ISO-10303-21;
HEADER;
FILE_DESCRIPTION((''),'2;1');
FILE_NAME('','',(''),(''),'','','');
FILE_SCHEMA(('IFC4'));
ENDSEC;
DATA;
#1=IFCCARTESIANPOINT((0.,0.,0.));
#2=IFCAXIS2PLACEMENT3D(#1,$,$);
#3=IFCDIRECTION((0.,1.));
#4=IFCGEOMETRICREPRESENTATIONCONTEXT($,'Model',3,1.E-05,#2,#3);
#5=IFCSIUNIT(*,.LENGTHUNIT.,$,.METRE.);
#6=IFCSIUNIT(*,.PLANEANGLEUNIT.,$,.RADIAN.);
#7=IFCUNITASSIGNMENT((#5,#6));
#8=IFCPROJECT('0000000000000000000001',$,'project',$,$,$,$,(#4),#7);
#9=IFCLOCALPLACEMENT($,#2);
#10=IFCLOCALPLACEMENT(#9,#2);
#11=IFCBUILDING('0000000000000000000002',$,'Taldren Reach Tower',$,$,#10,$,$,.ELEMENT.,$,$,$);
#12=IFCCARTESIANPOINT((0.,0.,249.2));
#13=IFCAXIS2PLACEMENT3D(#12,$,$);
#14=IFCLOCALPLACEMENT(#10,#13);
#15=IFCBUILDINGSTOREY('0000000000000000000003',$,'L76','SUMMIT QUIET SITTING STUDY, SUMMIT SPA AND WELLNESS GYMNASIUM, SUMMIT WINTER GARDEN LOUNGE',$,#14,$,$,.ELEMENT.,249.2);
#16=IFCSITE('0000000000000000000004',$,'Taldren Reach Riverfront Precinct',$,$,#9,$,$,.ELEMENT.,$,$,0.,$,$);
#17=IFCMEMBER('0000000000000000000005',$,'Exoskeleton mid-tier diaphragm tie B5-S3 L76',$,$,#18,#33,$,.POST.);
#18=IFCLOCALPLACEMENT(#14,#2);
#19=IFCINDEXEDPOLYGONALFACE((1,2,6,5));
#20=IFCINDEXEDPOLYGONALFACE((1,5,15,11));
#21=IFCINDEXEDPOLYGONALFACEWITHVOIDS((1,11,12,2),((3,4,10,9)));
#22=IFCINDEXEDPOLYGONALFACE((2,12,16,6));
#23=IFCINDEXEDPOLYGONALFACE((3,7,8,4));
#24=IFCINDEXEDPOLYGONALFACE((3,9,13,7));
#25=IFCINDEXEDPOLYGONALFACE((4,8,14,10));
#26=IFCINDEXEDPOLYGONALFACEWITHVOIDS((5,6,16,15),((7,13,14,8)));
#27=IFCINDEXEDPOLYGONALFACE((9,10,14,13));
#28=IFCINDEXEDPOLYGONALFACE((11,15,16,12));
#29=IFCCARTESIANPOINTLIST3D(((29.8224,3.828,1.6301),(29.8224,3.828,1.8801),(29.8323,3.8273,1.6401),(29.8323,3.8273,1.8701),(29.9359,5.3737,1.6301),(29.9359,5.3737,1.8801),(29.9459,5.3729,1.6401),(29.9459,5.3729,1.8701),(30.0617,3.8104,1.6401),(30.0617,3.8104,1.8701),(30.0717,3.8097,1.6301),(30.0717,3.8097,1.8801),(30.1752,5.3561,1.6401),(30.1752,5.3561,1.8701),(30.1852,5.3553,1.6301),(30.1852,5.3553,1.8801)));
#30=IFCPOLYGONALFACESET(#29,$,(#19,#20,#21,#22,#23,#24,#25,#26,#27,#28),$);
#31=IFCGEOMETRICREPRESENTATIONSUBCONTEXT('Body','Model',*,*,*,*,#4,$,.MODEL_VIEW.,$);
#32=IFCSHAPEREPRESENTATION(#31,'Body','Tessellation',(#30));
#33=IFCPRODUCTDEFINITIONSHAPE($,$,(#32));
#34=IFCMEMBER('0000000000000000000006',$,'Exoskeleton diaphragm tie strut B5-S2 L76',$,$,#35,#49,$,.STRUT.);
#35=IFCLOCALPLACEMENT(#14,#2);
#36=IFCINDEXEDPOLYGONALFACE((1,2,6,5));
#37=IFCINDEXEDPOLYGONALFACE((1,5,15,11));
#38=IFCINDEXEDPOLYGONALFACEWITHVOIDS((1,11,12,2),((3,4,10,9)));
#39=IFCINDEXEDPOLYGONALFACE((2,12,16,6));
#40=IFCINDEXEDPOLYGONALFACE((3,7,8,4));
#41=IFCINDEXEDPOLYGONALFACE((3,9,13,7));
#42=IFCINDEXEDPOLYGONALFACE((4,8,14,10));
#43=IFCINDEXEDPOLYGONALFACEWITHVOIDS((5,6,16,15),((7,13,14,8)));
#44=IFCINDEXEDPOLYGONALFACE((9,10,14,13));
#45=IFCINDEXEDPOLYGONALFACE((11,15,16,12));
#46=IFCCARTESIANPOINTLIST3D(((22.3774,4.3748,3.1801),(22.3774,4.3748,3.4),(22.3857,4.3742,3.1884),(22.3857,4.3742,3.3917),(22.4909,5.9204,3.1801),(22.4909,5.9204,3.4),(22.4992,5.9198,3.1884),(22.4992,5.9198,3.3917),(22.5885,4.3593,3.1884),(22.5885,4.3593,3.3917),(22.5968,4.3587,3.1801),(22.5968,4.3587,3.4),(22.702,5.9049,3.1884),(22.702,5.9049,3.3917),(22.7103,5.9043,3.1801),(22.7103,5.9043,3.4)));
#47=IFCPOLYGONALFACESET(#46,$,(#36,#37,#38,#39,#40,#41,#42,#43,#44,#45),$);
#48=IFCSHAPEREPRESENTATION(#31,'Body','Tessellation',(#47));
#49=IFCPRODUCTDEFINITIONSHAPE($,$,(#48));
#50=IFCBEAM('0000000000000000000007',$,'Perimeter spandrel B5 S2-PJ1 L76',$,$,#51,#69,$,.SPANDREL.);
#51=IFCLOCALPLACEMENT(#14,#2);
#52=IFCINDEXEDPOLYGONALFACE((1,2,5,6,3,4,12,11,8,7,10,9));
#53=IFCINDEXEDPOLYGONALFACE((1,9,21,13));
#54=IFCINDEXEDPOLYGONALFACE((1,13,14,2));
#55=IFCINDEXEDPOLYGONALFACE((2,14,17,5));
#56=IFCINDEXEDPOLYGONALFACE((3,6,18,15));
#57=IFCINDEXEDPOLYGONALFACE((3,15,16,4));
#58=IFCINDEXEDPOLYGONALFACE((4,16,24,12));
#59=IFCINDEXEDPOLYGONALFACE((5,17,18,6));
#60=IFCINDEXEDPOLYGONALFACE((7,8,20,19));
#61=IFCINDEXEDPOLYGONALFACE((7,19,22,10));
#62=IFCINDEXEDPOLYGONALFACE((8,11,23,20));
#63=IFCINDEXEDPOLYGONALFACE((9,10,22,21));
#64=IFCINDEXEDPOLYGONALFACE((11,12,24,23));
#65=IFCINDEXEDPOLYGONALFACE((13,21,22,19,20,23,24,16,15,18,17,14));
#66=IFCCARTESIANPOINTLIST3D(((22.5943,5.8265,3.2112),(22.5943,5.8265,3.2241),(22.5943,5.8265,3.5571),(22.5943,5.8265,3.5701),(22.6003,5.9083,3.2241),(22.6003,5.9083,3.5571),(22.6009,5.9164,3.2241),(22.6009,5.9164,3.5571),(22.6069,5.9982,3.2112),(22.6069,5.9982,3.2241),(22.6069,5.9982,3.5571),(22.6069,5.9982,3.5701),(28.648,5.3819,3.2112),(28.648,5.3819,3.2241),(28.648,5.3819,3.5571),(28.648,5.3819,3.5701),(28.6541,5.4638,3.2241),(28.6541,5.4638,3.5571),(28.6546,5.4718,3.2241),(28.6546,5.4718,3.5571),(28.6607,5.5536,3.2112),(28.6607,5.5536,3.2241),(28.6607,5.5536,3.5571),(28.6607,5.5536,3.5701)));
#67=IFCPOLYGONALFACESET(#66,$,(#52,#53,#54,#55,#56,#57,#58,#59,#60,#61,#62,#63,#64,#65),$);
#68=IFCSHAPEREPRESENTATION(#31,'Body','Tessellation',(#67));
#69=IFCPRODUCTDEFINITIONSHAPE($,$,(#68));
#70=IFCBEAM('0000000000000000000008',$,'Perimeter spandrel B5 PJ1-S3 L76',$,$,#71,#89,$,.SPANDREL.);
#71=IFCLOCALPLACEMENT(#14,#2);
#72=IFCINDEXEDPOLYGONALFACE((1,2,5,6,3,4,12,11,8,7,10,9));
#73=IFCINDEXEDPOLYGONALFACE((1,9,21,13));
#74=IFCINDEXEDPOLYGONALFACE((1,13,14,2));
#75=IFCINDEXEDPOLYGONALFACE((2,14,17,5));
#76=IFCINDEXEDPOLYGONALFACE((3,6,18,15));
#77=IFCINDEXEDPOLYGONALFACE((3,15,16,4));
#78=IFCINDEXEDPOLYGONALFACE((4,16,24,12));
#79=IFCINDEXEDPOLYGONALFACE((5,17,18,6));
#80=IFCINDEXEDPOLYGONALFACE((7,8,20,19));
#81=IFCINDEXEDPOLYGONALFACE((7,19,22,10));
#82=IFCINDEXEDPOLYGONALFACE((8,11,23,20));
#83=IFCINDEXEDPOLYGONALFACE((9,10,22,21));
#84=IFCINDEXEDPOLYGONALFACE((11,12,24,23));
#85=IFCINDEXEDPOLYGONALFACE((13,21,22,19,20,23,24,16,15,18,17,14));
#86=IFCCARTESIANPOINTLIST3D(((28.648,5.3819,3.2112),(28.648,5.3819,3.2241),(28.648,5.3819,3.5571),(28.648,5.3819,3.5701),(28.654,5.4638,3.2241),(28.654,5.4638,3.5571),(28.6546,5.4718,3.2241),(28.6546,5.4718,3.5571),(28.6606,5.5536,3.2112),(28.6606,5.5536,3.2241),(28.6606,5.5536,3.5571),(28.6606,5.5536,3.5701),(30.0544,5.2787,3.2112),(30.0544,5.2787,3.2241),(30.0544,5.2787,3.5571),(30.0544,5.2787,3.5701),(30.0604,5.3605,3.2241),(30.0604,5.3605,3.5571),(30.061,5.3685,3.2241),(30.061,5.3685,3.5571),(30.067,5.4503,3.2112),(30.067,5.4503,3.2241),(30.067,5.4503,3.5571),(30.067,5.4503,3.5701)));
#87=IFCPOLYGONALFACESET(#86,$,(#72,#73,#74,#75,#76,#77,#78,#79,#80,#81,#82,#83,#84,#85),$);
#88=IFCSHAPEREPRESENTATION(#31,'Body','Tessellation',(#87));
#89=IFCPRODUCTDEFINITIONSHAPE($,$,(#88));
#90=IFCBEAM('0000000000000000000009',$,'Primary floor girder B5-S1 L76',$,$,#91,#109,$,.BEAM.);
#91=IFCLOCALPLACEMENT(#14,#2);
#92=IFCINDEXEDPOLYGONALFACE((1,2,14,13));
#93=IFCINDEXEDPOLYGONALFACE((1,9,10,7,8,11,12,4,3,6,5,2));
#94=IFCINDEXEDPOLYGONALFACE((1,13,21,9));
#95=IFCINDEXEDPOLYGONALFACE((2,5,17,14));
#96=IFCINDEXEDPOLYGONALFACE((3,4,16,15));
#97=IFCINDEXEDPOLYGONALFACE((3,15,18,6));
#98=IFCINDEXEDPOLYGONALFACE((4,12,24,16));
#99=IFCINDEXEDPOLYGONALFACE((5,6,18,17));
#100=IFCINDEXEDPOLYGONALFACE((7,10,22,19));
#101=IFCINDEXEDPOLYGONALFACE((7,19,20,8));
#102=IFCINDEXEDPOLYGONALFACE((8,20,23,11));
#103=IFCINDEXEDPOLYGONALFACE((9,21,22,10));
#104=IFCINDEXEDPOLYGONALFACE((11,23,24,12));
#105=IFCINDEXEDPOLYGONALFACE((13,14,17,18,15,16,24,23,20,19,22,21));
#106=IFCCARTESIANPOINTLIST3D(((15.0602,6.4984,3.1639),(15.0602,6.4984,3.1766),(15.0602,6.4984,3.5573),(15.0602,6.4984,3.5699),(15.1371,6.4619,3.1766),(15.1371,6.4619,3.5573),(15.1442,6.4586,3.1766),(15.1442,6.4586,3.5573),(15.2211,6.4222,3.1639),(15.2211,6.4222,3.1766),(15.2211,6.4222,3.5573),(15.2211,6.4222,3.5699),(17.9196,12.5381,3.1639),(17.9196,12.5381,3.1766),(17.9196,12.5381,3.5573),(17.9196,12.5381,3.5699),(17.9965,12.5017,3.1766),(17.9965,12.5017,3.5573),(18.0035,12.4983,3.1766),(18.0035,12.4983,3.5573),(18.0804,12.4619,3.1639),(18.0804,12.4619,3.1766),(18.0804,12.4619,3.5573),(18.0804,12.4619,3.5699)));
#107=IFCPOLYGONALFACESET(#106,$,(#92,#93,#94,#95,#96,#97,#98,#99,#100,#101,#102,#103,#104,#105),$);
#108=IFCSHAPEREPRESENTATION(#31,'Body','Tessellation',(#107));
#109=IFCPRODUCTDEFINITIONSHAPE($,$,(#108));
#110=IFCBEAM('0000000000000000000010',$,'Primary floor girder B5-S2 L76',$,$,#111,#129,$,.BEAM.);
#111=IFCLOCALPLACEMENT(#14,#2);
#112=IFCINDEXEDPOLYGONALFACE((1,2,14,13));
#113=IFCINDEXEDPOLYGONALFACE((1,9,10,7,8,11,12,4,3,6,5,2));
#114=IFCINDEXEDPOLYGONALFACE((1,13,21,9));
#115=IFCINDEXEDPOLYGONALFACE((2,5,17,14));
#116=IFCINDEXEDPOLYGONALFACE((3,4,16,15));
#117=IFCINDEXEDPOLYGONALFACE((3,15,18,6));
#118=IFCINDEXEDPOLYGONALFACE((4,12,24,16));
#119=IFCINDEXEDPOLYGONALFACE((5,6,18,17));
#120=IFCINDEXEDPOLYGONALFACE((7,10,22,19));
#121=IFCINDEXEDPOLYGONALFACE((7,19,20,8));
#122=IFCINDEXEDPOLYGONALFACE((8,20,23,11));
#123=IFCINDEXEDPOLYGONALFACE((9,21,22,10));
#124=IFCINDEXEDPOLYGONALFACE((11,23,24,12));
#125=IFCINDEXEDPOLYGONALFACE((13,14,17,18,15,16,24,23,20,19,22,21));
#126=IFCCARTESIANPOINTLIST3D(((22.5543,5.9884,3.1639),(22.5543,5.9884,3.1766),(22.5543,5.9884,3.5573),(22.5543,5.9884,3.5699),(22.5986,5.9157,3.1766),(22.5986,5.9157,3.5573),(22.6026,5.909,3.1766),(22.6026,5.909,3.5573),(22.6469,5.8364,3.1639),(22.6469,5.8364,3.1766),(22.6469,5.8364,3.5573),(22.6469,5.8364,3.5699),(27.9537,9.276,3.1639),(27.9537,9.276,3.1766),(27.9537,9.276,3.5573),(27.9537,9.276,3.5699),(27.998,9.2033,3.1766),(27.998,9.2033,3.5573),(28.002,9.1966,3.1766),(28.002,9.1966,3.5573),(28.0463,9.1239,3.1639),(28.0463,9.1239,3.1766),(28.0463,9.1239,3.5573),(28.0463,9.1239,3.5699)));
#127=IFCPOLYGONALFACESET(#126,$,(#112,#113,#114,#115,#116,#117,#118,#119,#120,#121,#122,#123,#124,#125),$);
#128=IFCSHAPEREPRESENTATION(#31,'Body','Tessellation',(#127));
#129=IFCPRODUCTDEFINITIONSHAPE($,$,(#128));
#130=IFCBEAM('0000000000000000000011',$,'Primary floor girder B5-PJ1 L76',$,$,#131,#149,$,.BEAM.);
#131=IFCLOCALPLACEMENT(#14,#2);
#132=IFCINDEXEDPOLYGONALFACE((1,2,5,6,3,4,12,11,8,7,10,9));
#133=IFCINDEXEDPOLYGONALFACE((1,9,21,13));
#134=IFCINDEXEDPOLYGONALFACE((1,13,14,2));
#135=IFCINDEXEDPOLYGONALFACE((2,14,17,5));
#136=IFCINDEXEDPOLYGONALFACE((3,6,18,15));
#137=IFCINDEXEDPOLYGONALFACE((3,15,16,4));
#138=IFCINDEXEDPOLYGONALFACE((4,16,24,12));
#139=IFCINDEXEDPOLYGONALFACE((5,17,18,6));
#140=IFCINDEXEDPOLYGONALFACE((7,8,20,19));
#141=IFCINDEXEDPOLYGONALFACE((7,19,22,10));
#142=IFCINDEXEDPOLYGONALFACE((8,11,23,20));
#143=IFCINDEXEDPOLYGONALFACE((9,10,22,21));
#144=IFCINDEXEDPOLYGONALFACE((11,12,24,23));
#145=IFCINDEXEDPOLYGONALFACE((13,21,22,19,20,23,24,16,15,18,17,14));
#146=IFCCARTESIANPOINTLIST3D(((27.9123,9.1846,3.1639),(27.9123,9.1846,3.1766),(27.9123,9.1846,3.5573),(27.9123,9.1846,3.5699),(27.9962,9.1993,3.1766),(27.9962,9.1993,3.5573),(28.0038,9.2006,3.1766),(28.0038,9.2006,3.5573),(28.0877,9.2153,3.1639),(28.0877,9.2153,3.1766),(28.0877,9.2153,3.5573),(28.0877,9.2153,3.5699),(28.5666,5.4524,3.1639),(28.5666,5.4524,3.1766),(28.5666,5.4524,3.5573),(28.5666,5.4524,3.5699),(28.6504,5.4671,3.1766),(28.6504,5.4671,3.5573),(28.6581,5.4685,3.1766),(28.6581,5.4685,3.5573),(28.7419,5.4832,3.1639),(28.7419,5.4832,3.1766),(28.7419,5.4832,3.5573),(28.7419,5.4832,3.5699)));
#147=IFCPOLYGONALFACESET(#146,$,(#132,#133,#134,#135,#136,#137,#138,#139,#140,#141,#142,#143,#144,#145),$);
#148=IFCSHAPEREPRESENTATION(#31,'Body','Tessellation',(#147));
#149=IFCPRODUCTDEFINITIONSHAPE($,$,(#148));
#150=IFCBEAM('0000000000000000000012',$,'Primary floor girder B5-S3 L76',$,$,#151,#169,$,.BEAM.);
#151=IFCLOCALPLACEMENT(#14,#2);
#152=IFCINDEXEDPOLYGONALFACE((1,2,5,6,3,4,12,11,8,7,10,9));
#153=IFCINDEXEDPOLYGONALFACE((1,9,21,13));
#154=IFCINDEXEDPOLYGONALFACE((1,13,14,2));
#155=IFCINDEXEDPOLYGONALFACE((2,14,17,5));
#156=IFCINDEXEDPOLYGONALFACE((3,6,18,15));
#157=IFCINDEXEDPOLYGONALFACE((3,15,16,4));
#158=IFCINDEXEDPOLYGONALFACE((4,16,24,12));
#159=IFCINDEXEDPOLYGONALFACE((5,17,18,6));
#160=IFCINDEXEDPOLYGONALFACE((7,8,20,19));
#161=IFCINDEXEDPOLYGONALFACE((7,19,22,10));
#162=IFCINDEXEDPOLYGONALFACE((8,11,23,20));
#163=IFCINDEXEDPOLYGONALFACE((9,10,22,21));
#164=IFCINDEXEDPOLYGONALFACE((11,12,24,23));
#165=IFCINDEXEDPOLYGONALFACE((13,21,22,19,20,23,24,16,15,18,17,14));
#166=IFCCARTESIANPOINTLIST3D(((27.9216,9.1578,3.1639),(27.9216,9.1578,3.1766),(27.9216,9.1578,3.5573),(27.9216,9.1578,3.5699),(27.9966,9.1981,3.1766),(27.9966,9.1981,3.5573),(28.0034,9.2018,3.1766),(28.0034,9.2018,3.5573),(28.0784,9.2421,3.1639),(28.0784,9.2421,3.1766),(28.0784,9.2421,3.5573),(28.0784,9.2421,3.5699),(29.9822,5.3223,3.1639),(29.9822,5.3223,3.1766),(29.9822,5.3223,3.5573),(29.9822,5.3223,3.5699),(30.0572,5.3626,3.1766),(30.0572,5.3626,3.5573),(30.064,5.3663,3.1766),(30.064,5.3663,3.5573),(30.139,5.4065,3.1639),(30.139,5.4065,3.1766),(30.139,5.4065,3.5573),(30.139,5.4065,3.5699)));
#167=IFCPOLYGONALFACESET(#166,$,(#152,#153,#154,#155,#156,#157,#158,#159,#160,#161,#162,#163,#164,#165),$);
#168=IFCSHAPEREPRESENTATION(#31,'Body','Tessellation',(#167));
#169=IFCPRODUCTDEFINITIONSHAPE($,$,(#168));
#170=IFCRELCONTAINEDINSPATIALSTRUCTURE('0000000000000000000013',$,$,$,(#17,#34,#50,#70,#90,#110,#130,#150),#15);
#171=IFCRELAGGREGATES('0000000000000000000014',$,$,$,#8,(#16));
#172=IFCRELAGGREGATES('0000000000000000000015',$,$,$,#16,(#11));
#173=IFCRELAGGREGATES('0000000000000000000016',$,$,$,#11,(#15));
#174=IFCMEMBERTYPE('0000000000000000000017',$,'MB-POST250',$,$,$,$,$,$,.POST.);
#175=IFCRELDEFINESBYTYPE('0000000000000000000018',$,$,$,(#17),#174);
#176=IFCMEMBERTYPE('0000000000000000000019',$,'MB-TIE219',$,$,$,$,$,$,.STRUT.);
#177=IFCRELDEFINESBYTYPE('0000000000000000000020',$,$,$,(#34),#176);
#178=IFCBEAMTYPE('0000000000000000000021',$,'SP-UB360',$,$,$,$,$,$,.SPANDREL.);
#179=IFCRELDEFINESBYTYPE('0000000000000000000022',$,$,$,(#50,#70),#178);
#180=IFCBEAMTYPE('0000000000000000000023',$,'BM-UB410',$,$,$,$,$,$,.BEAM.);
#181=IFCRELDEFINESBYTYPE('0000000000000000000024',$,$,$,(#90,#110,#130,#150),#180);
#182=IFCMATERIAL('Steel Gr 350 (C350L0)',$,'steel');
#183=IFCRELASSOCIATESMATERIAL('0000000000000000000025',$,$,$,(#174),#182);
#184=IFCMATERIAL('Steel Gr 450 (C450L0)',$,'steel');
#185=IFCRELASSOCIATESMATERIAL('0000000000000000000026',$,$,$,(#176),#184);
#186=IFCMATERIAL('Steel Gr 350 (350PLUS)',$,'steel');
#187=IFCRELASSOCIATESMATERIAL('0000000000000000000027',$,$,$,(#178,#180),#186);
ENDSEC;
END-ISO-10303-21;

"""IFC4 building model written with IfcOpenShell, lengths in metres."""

from ifc_helpers import new_model, si_unit, direction, frame, origin, origin_2d, place, context, subcontext, project, spatial, hollow_rectangle, i_section, extrude, source, transform, mapped, material, material_profile, profile_set, type_object, element, save


model = new_model("IFC4")

# Units and contexts
model_context = context("Model", 3, precision=1e-05, world=origin(), true_north=direction((0.0, 1.0)))
body_context = subcontext(model_context, "Body", "Model", "MODEL_VIEW")
ifc_project = project(units=[si_unit("LENGTHUNIT", "METRE"), si_unit("PLANEANGLEUNIT", "RADIAN")], contexts=[model_context])

# Site, building, storey
site_placement = place(None, origin())
site = spatial("IfcSite", under=ifc_project, at=site_placement, Name="Taldren Reach Riverfront Precinct", CompositionType="ELEMENT", RefElevation=0.0)
building_placement = place(site_placement, origin())
building = spatial("IfcBuilding", under=site, at=building_placement, Name="Taldren Reach Tower", CompositionType="ELEMENT")
storey_placement = place(building_placement, frame((0.0, 0.0, 249.2)))
storey = spatial("IfcBuildingStorey", under=building, at=storey_placement, Name="L76", Description="SUMMIT QUIET SITTING STUDY, SUMMIT SPA AND WELLNESS GYMNASIUM, SUMMIT WINTER GARDEN LOUNGE", CompositionType="ELEMENT", Elevation=249.2)

# Shared definitions
ifc_material_1 = material(Name="Steel Gr 350 (350PLUS)", Category="steel")
ifc_material_2 = material(Name="Steel Gr 450 (C450L0)", Category="steel")
ifc_material_3 = material(Name="Steel Gr 350 (C350L0)", Category="steel")

# Members
ifc_material_profile_1 = material_profile(ifc_material_3, hollow_rectangle(XDim=0.25, YDim=0.25, WallThickness=0.01, at=origin_2d()), Name="250x250x10.0SHS")
ifc_profile_set_1 = profile_set([ifc_material_profile_1], Name="Steel Gr 350 (C350L0)")
member_type_1 = type_object("IfcMemberType", Name="MB-POST250", PredefinedType="POST", material=ifc_profile_set_1)
shared_shape_1 = source(origin(), body_context, "Body", "SweptSolid", [
    extrude(hollow_rectangle(XDim=0.25, YDim=0.25, WallThickness=0.01, at=origin_2d()), origin(), (0.0, 0.0, 1.0), 1.5498),
])
for number, where, z_axis, x_axis, name in (
    (1, (30.0605, 5.3645, 1.7551), (-0.073251, -0.997314, 0.0), (0.997314, -0.073251, 0.0), "Exoskeleton mid-tier diaphragm tie B5-S3 L76"),
):
    element("IfcMember", number, at=place(storey_placement, frame(where, z_axis=z_axis, x_axis=x_axis)), inside=storey, type_object=member_type_1, Name=name, PredefinedType="POST", context=body_context, shape_type="MappedRepresentation", body=[
        mapped(shared_shape_1, transform((0.0, 0.0, 0.0), scale=1.0)),
    ])
ifc_material_profile_2 = material_profile(ifc_material_2, hollow_rectangle(XDim=0.22, YDim=0.22, WallThickness=0.0083, at=origin_2d()), Name="220x220x8.2SHS")
ifc_profile_set_2 = profile_set([ifc_material_profile_2], Name="Steel Gr 450 (C450L0)")
member_type_2 = type_object("IfcMemberType", Name="MB-TIE219", PredefinedType="STRUT", material=ifc_profile_set_2)
shared_shape_2 = source(origin(), body_context, "Body", "SweptSolid", [
    extrude(hollow_rectangle(XDim=0.22, YDim=0.22, WallThickness=0.0083, at=origin_2d()), origin(), (0.0, 0.0, 1.0), 1.5498),
])
member_placement = place(storey_placement, frame((22.6006, 5.9124, 3.29), z_axis=(-0.073251, -0.997314, 0.0), x_axis=(0.997314, -0.073251, 0.0)))
element("IfcMember", 2, at=member_placement, inside=storey, type_object=member_type_2, Name="Exoskeleton diaphragm tie strut B5-S2 L76", PredefinedType="STRUT", context=body_context, shape_type="MappedRepresentation", body=[
    mapped(shared_shape_2, transform((0.0, 0.0, 0.0), scale=1.0)),
])

# Beams
ifc_material_profile_3 = material_profile(ifc_material_1, i_section(OverallWidth=0.1721, OverallDepth=0.3589, WebThickness=0.0081, FlangeThickness=0.0129, at=origin_2d()), Name="360UB56.7")
ifc_profile_set_3 = profile_set([ifc_material_profile_3], Name="Steel Gr 350 (350PLUS)")
beam_type_1 = type_object("IfcBeamType", Name="SP-UB360", PredefinedType="SPANDREL", material=ifc_profile_set_3)
shared_shape_3 = source(origin(), body_context, "Body", "SweptSolid", [
    extrude(i_section(OverallWidth=0.1721, OverallDepth=0.3589, WebThickness=0.0081, FlangeThickness=0.0129, at=origin_2d()), origin(), (0.0, 0.0, 1.0), 6.0701),
])
beam_1_placement = place(storey_placement, frame((22.6006, 5.9124, 3.3906), z_axis=(0.997314, -0.073242, 0.0), x_axis=(0.073242, 0.997314, 0.0)))
element("IfcBeam", 3, at=beam_1_placement, inside=storey, type_object=beam_type_1, Name="Perimeter spandrel B5 S2-PJ1 L76", PredefinedType="SPANDREL", context=body_context, shape_type="MappedRepresentation", body=[
    mapped(shared_shape_3, transform((0.0, 0.0, 0.0), scale=1.0)),
])
shared_shape_4 = source(origin(), body_context, "Body", "SweptSolid", [
    extrude(i_section(OverallWidth=0.1721, OverallDepth=0.3589, WebThickness=0.0081, FlangeThickness=0.0129, at=origin_2d()), origin(), (0.0, 0.0, 1.0), 1.4102),
])
beam_2_placement = place(storey_placement, frame((28.6543, 5.4678, 3.3906), z_axis=(0.997314, -0.07324, 0.0), x_axis=(0.07324, 0.997314, 0.0)))
element("IfcBeam", 4, at=beam_2_placement, inside=storey, type_object=beam_type_1, Name="Perimeter spandrel B5 PJ1-S3 L76", PredefinedType="SPANDREL", context=body_context, shape_type="MappedRepresentation", body=[
    mapped(shared_shape_4, transform((0.0, 0.0, 0.0), scale=1.0)),
])
ifc_material_profile_4 = material_profile(ifc_material_1, i_section(OverallWidth=0.178, OverallDepth=0.406, WebThickness=0.0078, FlangeThickness=0.0127, at=origin_2d()), Name="410UB59.7")
ifc_profile_set_4 = profile_set([ifc_material_profile_4], Name="Steel Gr 350 (350PLUS)")
beam_type_2 = type_object("IfcBeamType", Name="BM-UB410", PredefinedType="BEAM", material=ifc_profile_set_4)
shared_shape_5 = source(origin(), body_context, "Body", "SweptSolid", [
    extrude(i_section(OverallWidth=0.178, OverallDepth=0.406, WebThickness=0.0078, FlangeThickness=0.0127, at=origin_2d()), origin(), (0.0, 0.0, 1.0), 6.6824),
])
beam_3_placement = place(storey_placement, frame((18.0, 12.5, 3.3669), z_axis=(-0.427893, -0.903829, 0.0), x_axis=(0.903829, -0.427893, 0.0)))
element("IfcBeam", 5, at=beam_3_placement, inside=storey, type_object=beam_type_2, Name="Primary floor girder B5-S1 L76", PredefinedType="BEAM", context=body_context, shape_type="MappedRepresentation", body=[
    mapped(shared_shape_5, transform((0.0, 0.0, 0.0), scale=1.0)),
])
shared_shape_6 = source(origin(), body_context, "Body", "SweptSolid", [
    extrude(i_section(OverallWidth=0.178, OverallDepth=0.406, WebThickness=0.0078, FlangeThickness=0.0127, at=origin_2d()), origin(), (0.0, 0.0, 1.0), 6.3215),
])
beam_4_placement = place(storey_placement, frame((28.0, 9.2, 3.3669), z_axis=(-0.854128, -0.520062, 0.0), x_axis=(0.520062, -0.854128, 0.0)))
element("IfcBeam", 6, at=beam_4_placement, inside=storey, type_object=beam_type_2, Name="Primary floor girder B5-S2 L76", PredefinedType="BEAM", context=body_context, shape_type="MappedRepresentation", body=[
    mapped(shared_shape_6, transform((0.0, 0.0, 0.0), scale=1.0)),
])
shared_shape_7 = source(origin(), body_context, "Body", "SweptSolid", [
    extrude(i_section(OverallWidth=0.178, OverallDepth=0.406, WebThickness=0.0078, FlangeThickness=0.0127, at=origin_2d()), origin(), (0.0, 0.0, 1.0), 3.7891),
])
beam_5_placement = place(storey_placement, frame((28.0, 9.2, 3.3669), z_axis=(0.172679, -0.984978, 0.0), x_axis=(0.984978, 0.172679, 0.0)))
element("IfcBeam", 7, at=beam_5_placement, inside=storey, type_object=beam_type_2, Name="Primary floor girder B5-PJ1 L76", PredefinedType="BEAM", context=body_context, shape_type="MappedRepresentation", body=[
    mapped(shared_shape_7, transform((0.0, 0.0, 0.0), scale=1.0)),
])
shared_shape_8 = source(origin(), body_context, "Body", "SweptSolid", [
    extrude(i_section(OverallWidth=0.178, OverallDepth=0.406, WebThickness=0.0078, FlangeThickness=0.0127, at=origin_2d()), origin(), (0.0, 0.0, 1.0), 4.354),
])
beam_6_placement = place(storey_placement, frame((28.0, 9.2, 3.3669), z_axis=(0.473264, -0.880921, 0.0), x_axis=(0.880921, 0.473264, 0.0)))
element("IfcBeam", 8, at=beam_6_placement, inside=storey, type_object=beam_type_2, Name="Primary floor girder B5-S3 L76", PredefinedType="BEAM", context=body_context, shape_type="MappedRepresentation", body=[
    mapped(shared_shape_8, transform((0.0, 0.0, 0.0), scale=1.0)),
])

save(model, "model.ifc")
